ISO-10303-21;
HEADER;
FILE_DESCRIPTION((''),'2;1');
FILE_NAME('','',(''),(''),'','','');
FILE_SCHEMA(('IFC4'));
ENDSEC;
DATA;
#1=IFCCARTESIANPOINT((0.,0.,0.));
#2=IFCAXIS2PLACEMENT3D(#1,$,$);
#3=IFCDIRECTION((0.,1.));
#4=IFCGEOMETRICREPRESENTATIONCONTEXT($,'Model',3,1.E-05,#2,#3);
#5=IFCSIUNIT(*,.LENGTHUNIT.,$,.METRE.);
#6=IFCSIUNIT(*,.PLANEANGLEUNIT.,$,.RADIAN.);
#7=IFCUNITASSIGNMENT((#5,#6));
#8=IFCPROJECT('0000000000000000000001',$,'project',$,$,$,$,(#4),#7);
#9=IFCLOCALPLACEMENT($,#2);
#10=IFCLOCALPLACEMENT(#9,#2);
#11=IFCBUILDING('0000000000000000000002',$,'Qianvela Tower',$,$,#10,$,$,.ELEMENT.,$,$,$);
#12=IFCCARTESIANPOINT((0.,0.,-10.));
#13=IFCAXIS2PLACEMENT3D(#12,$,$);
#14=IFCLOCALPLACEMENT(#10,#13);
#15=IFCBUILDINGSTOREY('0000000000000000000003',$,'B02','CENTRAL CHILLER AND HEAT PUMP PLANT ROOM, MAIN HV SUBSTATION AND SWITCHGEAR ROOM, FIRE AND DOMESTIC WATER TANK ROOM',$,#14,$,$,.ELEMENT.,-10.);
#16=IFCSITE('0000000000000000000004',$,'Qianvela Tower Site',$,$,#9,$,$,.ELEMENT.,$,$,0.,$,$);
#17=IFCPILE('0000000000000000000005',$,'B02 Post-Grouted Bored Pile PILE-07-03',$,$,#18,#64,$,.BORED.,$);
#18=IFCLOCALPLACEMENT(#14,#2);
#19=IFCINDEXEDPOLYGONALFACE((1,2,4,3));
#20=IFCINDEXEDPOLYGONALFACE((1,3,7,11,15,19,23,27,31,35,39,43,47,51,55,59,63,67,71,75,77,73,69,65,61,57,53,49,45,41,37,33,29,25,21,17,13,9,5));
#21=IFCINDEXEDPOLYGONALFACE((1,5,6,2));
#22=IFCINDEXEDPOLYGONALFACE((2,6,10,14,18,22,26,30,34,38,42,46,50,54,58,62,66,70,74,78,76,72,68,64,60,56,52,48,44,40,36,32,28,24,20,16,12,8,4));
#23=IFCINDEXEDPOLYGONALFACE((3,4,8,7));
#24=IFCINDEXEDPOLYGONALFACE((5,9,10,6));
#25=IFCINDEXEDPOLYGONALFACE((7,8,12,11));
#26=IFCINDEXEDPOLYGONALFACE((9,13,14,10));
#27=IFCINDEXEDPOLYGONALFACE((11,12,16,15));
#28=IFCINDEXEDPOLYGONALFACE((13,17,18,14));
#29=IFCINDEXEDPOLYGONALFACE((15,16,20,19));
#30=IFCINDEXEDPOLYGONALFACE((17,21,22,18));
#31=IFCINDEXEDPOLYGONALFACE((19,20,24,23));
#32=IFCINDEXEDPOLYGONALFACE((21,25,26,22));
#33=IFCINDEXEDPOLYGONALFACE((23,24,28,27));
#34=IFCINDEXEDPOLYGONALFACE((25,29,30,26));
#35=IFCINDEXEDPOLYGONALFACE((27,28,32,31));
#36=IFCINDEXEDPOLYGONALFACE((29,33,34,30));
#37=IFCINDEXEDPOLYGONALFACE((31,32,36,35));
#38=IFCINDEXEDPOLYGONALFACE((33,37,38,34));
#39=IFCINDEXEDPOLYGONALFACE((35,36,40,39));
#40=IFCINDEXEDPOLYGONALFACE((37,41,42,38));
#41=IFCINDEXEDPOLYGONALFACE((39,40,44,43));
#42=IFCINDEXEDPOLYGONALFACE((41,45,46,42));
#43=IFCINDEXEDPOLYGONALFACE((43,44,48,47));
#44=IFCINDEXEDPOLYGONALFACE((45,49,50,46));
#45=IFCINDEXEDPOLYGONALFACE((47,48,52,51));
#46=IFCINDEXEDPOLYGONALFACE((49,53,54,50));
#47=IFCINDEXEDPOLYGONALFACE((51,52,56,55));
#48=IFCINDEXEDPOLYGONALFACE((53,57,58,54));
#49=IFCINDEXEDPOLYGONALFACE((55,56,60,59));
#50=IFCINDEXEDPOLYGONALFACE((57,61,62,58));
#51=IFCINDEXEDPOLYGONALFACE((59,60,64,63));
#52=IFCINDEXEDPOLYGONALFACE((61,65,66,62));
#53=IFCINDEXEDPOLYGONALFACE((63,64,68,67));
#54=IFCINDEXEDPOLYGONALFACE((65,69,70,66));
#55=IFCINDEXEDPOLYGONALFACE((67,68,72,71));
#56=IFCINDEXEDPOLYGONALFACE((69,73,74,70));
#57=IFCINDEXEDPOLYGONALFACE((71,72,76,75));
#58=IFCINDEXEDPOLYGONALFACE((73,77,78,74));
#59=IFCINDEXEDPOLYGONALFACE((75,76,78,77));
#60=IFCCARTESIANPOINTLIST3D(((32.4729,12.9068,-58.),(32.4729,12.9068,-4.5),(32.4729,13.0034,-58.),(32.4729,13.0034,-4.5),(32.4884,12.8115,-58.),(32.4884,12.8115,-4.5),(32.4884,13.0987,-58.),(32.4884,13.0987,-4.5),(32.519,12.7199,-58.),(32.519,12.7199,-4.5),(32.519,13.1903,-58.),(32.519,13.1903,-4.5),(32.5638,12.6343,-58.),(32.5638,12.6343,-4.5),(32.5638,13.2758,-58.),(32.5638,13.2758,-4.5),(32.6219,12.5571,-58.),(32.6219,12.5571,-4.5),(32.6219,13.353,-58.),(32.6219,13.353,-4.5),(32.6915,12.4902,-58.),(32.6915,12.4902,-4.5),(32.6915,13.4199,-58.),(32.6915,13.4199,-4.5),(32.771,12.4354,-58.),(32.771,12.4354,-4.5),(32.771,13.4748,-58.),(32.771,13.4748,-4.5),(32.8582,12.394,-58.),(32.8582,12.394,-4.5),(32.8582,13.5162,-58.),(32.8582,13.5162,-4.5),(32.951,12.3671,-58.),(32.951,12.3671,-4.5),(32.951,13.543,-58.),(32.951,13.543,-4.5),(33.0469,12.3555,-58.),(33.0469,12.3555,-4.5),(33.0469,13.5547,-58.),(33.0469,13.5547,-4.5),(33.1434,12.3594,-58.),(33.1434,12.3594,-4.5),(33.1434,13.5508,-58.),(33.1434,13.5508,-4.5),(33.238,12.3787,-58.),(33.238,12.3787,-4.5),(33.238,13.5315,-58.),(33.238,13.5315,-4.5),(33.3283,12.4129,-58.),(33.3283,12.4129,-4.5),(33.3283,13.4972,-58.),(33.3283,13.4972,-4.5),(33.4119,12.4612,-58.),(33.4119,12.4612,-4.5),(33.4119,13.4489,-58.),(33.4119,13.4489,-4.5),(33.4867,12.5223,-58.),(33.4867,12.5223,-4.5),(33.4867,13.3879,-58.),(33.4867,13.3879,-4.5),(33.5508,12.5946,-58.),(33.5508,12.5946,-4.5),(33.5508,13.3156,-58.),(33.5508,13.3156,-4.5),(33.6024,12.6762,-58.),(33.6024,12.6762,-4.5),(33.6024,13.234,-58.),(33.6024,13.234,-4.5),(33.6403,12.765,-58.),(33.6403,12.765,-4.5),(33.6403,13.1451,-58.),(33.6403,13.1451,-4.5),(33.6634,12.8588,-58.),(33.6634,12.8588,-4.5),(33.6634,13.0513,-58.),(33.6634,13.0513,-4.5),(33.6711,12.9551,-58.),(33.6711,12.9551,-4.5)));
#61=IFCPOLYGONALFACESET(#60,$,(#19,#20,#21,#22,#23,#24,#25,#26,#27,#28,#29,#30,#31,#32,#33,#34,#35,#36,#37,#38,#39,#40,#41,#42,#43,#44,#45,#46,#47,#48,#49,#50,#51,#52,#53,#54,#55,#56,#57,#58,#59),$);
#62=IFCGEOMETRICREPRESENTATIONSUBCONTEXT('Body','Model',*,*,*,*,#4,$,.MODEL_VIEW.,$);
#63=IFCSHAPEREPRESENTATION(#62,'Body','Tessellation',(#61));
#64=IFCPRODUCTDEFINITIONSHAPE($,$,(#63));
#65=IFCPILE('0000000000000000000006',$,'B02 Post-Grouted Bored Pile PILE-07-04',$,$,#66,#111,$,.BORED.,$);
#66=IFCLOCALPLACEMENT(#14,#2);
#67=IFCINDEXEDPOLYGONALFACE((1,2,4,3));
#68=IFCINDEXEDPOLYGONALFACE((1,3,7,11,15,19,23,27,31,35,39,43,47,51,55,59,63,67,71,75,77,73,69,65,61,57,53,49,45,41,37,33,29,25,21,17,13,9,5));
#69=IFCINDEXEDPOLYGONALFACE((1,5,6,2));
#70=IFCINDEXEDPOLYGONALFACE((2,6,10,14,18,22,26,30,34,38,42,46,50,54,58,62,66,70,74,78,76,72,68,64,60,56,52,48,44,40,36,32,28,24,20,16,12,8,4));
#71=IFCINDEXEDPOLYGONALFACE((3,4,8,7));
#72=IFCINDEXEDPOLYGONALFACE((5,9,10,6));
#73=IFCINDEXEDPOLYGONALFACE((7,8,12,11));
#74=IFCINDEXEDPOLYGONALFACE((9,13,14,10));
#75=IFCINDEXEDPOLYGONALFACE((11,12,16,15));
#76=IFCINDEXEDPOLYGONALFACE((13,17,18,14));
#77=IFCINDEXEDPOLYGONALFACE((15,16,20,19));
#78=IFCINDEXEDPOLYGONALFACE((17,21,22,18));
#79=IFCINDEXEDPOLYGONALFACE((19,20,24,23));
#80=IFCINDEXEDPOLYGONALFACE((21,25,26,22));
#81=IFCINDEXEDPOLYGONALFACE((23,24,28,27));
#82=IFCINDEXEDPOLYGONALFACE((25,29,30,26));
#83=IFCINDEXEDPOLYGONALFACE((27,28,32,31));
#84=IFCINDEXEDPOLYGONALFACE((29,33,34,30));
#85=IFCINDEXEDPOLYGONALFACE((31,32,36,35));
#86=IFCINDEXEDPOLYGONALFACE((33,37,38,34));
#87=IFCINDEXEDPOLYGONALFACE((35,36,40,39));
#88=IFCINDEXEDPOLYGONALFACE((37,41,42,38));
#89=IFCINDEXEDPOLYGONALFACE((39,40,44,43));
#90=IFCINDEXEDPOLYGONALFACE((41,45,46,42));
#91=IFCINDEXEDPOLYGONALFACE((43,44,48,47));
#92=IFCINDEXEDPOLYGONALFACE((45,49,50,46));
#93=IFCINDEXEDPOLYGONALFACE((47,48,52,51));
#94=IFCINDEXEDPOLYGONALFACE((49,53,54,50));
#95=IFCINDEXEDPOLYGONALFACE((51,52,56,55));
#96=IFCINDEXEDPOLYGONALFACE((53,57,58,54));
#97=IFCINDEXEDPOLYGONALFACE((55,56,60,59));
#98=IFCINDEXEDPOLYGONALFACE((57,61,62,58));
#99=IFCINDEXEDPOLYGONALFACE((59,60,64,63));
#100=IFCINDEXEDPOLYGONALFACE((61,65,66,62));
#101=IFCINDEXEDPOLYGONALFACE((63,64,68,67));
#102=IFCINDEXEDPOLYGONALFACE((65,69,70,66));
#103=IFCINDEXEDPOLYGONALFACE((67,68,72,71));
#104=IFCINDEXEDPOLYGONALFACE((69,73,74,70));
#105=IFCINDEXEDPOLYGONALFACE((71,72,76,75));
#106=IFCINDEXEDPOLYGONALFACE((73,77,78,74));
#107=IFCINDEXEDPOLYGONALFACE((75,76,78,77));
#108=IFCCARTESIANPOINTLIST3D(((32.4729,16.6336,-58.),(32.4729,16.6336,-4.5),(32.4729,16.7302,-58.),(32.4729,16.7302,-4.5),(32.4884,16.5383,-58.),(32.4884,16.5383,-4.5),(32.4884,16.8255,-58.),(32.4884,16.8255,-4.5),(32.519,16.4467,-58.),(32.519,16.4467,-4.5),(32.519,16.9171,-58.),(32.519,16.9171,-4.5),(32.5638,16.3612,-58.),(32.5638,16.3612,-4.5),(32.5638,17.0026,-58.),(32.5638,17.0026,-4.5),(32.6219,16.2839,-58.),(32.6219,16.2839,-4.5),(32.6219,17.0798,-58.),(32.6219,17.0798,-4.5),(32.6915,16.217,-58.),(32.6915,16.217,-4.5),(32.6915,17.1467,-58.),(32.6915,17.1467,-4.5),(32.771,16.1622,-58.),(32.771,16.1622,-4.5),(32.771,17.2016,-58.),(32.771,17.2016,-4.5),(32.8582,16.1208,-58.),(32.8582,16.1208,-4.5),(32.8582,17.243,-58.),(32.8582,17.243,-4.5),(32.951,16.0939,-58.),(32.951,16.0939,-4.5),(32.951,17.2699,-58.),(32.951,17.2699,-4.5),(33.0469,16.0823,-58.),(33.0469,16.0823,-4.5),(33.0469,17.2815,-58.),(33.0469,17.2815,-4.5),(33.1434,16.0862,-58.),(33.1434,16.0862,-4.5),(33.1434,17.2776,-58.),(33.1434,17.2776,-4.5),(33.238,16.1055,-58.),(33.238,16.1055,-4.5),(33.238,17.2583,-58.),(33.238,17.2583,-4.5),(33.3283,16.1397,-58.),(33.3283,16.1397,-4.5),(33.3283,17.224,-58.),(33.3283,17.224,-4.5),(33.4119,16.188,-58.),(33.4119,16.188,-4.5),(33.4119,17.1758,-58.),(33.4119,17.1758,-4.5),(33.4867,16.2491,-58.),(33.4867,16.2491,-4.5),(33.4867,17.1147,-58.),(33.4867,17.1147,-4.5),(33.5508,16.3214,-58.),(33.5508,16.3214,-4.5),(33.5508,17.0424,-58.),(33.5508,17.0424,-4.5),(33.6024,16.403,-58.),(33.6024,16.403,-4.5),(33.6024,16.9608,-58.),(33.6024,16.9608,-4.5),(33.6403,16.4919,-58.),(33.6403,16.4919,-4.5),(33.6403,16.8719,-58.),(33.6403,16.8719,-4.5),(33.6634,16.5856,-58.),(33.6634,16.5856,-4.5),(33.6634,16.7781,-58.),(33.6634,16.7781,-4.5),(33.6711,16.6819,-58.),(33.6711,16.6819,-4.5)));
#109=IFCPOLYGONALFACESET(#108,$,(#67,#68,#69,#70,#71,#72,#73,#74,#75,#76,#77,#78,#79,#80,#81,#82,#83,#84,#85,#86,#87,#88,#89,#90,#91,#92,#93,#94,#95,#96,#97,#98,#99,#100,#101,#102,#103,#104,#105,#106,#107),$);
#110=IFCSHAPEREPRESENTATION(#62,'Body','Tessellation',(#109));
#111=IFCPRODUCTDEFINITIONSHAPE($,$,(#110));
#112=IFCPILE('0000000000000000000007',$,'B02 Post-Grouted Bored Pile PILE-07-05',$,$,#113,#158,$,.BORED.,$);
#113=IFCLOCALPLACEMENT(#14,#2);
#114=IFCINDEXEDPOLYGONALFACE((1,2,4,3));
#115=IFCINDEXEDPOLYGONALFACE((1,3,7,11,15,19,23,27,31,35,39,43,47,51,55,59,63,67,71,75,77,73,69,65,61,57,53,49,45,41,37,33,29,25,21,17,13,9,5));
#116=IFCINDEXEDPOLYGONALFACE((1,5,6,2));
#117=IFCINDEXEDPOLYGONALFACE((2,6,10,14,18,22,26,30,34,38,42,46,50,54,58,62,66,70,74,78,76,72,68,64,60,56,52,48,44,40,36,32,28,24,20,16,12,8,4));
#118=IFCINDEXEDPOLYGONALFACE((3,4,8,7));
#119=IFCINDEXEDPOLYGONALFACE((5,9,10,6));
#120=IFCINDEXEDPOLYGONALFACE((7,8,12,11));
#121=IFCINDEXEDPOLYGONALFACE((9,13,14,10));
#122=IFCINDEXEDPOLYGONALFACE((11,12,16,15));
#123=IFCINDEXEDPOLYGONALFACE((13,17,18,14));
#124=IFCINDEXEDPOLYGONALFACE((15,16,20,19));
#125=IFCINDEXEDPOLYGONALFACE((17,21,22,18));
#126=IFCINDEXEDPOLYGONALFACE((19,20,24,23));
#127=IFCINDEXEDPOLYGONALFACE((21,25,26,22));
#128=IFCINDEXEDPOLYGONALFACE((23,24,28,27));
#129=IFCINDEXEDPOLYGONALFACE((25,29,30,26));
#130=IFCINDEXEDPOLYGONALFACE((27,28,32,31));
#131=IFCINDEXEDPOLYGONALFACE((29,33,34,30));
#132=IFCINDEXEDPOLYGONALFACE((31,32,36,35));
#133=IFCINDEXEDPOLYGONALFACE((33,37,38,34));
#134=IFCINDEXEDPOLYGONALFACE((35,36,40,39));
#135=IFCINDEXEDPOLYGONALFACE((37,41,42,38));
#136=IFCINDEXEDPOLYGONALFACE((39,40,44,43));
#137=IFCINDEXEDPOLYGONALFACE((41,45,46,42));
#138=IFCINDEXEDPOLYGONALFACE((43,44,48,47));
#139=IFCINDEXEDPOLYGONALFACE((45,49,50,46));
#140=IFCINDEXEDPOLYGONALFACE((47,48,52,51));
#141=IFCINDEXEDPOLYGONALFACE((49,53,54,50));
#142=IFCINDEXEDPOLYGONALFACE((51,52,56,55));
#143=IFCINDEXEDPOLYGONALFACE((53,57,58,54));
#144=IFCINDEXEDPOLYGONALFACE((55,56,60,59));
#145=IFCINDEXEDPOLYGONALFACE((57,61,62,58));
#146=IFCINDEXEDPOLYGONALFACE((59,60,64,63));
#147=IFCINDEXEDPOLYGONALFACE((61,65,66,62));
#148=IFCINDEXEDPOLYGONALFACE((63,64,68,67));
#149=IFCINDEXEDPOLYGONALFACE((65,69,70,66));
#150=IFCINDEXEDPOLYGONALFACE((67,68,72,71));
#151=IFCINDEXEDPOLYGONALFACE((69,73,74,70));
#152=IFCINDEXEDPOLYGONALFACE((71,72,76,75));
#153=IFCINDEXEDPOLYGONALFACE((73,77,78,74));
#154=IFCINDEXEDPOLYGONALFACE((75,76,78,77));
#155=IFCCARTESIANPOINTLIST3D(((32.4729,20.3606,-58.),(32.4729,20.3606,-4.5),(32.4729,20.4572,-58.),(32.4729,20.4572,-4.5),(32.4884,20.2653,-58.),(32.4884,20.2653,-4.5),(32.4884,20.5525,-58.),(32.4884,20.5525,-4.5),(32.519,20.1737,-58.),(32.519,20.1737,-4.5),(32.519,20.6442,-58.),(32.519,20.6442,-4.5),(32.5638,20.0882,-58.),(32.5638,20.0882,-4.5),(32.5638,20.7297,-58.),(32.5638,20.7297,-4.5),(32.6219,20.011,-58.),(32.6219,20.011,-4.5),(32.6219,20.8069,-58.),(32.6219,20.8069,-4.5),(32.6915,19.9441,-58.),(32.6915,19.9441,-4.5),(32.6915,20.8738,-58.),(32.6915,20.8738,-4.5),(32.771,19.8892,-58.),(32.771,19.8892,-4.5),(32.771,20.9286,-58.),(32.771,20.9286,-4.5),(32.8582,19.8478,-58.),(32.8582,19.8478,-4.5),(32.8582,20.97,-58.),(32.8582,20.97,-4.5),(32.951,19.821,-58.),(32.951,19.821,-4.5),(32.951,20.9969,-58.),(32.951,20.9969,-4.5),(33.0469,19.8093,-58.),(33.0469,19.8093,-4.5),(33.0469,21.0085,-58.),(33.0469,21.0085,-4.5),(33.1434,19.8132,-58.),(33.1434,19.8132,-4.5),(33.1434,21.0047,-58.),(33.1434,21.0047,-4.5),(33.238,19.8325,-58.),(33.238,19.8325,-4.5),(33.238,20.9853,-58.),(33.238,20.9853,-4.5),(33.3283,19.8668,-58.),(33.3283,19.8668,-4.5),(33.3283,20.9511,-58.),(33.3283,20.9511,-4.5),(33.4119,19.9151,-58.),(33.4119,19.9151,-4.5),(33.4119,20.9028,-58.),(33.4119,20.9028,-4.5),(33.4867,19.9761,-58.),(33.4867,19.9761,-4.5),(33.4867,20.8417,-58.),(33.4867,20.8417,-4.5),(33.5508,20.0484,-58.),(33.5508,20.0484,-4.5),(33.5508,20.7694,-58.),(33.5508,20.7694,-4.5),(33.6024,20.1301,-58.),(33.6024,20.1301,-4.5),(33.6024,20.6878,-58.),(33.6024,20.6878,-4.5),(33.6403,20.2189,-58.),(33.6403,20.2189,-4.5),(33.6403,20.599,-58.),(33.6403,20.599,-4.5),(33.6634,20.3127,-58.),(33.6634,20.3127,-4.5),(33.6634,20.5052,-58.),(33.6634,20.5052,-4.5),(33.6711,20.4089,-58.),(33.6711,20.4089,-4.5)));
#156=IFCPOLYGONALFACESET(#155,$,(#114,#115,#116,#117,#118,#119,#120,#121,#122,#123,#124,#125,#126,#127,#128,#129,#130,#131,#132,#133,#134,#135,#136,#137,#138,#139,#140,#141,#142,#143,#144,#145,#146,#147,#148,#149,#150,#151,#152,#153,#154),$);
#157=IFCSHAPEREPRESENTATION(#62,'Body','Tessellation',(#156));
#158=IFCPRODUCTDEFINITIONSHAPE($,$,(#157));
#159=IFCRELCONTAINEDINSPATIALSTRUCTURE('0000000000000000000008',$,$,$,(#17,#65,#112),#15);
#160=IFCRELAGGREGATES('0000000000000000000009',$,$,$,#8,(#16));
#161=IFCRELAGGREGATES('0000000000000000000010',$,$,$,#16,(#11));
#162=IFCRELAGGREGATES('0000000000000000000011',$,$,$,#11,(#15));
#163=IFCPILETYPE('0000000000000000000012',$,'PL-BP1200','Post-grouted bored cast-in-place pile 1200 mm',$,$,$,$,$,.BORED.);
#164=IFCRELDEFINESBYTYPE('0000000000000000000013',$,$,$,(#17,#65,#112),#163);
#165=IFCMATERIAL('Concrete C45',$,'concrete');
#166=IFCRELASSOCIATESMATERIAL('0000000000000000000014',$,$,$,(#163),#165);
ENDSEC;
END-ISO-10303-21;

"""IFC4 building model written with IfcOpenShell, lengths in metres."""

from ifc_helpers import new_model, si_unit, direction, frame, origin, origin_2d, place, context, subcontext, project, spatial, circle, extrude, material, material_profile, profile_set, type_object, element, save


model = new_model("IFC4")

# Units and contexts
model_context = context("Model", 3, precision=1e-05, world=origin(), true_north=direction((0.0, 1.0)))
body_context = subcontext(model_context, "Body", "Model", "MODEL_VIEW")
ifc_project = project(units=[si_unit("LENGTHUNIT", "METRE"), si_unit("PLANEANGLEUNIT", "RADIAN")], contexts=[model_context])

# Site, building, storey
site_placement = place(None, origin())
site = spatial("IfcSite", under=ifc_project, at=site_placement, Name="Qianvela Tower Site", CompositionType="ELEMENT", RefElevation=0.0)
building_placement = place(site_placement, origin())
building = spatial("IfcBuilding", under=site, at=building_placement, Name="Qianvela Tower", CompositionType="ELEMENT")
storey_placement = place(building_placement, frame((0.0, 0.0, -10.0)))
storey = spatial("IfcBuildingStorey", under=building, at=storey_placement, Name="B02", Description="CENTRAL CHILLER AND HEAT PUMP PLANT ROOM, MAIN HV SUBSTATION AND SWITCHGEAR ROOM, FIRE AND DOMESTIC WATER TANK ROOM", CompositionType="ELEMENT", Elevation=-10.0)

# Piles
ifc_material_1 = material(Name="Concrete C45", Category="concrete")
ifc_material_profile_1 = material_profile(ifc_material_1, circle(Radius=0.6001, at=origin_2d()), Name="BP-1200")
ifc_profile_set_1 = profile_set([ifc_material_profile_1], Name="Concrete C45")
pile_type = type_object("IfcPileType", Name="PL-BP1200", Description="Post-grouted bored cast-in-place pile 1200 mm", PredefinedType="BORED", material=ifc_profile_set_1)
for number, where, z_axis, x_axis, name in (
    (1, (33.071, 12.9551, -4.5), (0.0, 0.0, -1.0), (1.0, 0.0, 0.0), "B02 Post-Grouted Bored Pile PILE-07-03"),
    (2, (33.071, 16.6819, -4.5), (0.0, 0.0, -1.0), (1.0, 0.0, 0.0), "B02 Post-Grouted Bored Pile PILE-07-04"),
    (3, (33.071, 20.4089, -4.5), (0.0, 0.0, -1.0), (1.0, 0.0, 0.0), "B02 Post-Grouted Bored Pile PILE-07-05"),
):
    element("IfcPile", number, at=place(storey_placement, frame(where, z_axis=z_axis, x_axis=x_axis)), inside=storey, type_object=pile_type, Name=name, PredefinedType="BORED", context=body_context, shape_type="SweptSolid", body=[
        extrude(circle(Radius=0.6001, at=origin_2d()), origin(), (0.0, 0.0, 1.0), 53.5),
    ])

save(model, "model.ifc")
